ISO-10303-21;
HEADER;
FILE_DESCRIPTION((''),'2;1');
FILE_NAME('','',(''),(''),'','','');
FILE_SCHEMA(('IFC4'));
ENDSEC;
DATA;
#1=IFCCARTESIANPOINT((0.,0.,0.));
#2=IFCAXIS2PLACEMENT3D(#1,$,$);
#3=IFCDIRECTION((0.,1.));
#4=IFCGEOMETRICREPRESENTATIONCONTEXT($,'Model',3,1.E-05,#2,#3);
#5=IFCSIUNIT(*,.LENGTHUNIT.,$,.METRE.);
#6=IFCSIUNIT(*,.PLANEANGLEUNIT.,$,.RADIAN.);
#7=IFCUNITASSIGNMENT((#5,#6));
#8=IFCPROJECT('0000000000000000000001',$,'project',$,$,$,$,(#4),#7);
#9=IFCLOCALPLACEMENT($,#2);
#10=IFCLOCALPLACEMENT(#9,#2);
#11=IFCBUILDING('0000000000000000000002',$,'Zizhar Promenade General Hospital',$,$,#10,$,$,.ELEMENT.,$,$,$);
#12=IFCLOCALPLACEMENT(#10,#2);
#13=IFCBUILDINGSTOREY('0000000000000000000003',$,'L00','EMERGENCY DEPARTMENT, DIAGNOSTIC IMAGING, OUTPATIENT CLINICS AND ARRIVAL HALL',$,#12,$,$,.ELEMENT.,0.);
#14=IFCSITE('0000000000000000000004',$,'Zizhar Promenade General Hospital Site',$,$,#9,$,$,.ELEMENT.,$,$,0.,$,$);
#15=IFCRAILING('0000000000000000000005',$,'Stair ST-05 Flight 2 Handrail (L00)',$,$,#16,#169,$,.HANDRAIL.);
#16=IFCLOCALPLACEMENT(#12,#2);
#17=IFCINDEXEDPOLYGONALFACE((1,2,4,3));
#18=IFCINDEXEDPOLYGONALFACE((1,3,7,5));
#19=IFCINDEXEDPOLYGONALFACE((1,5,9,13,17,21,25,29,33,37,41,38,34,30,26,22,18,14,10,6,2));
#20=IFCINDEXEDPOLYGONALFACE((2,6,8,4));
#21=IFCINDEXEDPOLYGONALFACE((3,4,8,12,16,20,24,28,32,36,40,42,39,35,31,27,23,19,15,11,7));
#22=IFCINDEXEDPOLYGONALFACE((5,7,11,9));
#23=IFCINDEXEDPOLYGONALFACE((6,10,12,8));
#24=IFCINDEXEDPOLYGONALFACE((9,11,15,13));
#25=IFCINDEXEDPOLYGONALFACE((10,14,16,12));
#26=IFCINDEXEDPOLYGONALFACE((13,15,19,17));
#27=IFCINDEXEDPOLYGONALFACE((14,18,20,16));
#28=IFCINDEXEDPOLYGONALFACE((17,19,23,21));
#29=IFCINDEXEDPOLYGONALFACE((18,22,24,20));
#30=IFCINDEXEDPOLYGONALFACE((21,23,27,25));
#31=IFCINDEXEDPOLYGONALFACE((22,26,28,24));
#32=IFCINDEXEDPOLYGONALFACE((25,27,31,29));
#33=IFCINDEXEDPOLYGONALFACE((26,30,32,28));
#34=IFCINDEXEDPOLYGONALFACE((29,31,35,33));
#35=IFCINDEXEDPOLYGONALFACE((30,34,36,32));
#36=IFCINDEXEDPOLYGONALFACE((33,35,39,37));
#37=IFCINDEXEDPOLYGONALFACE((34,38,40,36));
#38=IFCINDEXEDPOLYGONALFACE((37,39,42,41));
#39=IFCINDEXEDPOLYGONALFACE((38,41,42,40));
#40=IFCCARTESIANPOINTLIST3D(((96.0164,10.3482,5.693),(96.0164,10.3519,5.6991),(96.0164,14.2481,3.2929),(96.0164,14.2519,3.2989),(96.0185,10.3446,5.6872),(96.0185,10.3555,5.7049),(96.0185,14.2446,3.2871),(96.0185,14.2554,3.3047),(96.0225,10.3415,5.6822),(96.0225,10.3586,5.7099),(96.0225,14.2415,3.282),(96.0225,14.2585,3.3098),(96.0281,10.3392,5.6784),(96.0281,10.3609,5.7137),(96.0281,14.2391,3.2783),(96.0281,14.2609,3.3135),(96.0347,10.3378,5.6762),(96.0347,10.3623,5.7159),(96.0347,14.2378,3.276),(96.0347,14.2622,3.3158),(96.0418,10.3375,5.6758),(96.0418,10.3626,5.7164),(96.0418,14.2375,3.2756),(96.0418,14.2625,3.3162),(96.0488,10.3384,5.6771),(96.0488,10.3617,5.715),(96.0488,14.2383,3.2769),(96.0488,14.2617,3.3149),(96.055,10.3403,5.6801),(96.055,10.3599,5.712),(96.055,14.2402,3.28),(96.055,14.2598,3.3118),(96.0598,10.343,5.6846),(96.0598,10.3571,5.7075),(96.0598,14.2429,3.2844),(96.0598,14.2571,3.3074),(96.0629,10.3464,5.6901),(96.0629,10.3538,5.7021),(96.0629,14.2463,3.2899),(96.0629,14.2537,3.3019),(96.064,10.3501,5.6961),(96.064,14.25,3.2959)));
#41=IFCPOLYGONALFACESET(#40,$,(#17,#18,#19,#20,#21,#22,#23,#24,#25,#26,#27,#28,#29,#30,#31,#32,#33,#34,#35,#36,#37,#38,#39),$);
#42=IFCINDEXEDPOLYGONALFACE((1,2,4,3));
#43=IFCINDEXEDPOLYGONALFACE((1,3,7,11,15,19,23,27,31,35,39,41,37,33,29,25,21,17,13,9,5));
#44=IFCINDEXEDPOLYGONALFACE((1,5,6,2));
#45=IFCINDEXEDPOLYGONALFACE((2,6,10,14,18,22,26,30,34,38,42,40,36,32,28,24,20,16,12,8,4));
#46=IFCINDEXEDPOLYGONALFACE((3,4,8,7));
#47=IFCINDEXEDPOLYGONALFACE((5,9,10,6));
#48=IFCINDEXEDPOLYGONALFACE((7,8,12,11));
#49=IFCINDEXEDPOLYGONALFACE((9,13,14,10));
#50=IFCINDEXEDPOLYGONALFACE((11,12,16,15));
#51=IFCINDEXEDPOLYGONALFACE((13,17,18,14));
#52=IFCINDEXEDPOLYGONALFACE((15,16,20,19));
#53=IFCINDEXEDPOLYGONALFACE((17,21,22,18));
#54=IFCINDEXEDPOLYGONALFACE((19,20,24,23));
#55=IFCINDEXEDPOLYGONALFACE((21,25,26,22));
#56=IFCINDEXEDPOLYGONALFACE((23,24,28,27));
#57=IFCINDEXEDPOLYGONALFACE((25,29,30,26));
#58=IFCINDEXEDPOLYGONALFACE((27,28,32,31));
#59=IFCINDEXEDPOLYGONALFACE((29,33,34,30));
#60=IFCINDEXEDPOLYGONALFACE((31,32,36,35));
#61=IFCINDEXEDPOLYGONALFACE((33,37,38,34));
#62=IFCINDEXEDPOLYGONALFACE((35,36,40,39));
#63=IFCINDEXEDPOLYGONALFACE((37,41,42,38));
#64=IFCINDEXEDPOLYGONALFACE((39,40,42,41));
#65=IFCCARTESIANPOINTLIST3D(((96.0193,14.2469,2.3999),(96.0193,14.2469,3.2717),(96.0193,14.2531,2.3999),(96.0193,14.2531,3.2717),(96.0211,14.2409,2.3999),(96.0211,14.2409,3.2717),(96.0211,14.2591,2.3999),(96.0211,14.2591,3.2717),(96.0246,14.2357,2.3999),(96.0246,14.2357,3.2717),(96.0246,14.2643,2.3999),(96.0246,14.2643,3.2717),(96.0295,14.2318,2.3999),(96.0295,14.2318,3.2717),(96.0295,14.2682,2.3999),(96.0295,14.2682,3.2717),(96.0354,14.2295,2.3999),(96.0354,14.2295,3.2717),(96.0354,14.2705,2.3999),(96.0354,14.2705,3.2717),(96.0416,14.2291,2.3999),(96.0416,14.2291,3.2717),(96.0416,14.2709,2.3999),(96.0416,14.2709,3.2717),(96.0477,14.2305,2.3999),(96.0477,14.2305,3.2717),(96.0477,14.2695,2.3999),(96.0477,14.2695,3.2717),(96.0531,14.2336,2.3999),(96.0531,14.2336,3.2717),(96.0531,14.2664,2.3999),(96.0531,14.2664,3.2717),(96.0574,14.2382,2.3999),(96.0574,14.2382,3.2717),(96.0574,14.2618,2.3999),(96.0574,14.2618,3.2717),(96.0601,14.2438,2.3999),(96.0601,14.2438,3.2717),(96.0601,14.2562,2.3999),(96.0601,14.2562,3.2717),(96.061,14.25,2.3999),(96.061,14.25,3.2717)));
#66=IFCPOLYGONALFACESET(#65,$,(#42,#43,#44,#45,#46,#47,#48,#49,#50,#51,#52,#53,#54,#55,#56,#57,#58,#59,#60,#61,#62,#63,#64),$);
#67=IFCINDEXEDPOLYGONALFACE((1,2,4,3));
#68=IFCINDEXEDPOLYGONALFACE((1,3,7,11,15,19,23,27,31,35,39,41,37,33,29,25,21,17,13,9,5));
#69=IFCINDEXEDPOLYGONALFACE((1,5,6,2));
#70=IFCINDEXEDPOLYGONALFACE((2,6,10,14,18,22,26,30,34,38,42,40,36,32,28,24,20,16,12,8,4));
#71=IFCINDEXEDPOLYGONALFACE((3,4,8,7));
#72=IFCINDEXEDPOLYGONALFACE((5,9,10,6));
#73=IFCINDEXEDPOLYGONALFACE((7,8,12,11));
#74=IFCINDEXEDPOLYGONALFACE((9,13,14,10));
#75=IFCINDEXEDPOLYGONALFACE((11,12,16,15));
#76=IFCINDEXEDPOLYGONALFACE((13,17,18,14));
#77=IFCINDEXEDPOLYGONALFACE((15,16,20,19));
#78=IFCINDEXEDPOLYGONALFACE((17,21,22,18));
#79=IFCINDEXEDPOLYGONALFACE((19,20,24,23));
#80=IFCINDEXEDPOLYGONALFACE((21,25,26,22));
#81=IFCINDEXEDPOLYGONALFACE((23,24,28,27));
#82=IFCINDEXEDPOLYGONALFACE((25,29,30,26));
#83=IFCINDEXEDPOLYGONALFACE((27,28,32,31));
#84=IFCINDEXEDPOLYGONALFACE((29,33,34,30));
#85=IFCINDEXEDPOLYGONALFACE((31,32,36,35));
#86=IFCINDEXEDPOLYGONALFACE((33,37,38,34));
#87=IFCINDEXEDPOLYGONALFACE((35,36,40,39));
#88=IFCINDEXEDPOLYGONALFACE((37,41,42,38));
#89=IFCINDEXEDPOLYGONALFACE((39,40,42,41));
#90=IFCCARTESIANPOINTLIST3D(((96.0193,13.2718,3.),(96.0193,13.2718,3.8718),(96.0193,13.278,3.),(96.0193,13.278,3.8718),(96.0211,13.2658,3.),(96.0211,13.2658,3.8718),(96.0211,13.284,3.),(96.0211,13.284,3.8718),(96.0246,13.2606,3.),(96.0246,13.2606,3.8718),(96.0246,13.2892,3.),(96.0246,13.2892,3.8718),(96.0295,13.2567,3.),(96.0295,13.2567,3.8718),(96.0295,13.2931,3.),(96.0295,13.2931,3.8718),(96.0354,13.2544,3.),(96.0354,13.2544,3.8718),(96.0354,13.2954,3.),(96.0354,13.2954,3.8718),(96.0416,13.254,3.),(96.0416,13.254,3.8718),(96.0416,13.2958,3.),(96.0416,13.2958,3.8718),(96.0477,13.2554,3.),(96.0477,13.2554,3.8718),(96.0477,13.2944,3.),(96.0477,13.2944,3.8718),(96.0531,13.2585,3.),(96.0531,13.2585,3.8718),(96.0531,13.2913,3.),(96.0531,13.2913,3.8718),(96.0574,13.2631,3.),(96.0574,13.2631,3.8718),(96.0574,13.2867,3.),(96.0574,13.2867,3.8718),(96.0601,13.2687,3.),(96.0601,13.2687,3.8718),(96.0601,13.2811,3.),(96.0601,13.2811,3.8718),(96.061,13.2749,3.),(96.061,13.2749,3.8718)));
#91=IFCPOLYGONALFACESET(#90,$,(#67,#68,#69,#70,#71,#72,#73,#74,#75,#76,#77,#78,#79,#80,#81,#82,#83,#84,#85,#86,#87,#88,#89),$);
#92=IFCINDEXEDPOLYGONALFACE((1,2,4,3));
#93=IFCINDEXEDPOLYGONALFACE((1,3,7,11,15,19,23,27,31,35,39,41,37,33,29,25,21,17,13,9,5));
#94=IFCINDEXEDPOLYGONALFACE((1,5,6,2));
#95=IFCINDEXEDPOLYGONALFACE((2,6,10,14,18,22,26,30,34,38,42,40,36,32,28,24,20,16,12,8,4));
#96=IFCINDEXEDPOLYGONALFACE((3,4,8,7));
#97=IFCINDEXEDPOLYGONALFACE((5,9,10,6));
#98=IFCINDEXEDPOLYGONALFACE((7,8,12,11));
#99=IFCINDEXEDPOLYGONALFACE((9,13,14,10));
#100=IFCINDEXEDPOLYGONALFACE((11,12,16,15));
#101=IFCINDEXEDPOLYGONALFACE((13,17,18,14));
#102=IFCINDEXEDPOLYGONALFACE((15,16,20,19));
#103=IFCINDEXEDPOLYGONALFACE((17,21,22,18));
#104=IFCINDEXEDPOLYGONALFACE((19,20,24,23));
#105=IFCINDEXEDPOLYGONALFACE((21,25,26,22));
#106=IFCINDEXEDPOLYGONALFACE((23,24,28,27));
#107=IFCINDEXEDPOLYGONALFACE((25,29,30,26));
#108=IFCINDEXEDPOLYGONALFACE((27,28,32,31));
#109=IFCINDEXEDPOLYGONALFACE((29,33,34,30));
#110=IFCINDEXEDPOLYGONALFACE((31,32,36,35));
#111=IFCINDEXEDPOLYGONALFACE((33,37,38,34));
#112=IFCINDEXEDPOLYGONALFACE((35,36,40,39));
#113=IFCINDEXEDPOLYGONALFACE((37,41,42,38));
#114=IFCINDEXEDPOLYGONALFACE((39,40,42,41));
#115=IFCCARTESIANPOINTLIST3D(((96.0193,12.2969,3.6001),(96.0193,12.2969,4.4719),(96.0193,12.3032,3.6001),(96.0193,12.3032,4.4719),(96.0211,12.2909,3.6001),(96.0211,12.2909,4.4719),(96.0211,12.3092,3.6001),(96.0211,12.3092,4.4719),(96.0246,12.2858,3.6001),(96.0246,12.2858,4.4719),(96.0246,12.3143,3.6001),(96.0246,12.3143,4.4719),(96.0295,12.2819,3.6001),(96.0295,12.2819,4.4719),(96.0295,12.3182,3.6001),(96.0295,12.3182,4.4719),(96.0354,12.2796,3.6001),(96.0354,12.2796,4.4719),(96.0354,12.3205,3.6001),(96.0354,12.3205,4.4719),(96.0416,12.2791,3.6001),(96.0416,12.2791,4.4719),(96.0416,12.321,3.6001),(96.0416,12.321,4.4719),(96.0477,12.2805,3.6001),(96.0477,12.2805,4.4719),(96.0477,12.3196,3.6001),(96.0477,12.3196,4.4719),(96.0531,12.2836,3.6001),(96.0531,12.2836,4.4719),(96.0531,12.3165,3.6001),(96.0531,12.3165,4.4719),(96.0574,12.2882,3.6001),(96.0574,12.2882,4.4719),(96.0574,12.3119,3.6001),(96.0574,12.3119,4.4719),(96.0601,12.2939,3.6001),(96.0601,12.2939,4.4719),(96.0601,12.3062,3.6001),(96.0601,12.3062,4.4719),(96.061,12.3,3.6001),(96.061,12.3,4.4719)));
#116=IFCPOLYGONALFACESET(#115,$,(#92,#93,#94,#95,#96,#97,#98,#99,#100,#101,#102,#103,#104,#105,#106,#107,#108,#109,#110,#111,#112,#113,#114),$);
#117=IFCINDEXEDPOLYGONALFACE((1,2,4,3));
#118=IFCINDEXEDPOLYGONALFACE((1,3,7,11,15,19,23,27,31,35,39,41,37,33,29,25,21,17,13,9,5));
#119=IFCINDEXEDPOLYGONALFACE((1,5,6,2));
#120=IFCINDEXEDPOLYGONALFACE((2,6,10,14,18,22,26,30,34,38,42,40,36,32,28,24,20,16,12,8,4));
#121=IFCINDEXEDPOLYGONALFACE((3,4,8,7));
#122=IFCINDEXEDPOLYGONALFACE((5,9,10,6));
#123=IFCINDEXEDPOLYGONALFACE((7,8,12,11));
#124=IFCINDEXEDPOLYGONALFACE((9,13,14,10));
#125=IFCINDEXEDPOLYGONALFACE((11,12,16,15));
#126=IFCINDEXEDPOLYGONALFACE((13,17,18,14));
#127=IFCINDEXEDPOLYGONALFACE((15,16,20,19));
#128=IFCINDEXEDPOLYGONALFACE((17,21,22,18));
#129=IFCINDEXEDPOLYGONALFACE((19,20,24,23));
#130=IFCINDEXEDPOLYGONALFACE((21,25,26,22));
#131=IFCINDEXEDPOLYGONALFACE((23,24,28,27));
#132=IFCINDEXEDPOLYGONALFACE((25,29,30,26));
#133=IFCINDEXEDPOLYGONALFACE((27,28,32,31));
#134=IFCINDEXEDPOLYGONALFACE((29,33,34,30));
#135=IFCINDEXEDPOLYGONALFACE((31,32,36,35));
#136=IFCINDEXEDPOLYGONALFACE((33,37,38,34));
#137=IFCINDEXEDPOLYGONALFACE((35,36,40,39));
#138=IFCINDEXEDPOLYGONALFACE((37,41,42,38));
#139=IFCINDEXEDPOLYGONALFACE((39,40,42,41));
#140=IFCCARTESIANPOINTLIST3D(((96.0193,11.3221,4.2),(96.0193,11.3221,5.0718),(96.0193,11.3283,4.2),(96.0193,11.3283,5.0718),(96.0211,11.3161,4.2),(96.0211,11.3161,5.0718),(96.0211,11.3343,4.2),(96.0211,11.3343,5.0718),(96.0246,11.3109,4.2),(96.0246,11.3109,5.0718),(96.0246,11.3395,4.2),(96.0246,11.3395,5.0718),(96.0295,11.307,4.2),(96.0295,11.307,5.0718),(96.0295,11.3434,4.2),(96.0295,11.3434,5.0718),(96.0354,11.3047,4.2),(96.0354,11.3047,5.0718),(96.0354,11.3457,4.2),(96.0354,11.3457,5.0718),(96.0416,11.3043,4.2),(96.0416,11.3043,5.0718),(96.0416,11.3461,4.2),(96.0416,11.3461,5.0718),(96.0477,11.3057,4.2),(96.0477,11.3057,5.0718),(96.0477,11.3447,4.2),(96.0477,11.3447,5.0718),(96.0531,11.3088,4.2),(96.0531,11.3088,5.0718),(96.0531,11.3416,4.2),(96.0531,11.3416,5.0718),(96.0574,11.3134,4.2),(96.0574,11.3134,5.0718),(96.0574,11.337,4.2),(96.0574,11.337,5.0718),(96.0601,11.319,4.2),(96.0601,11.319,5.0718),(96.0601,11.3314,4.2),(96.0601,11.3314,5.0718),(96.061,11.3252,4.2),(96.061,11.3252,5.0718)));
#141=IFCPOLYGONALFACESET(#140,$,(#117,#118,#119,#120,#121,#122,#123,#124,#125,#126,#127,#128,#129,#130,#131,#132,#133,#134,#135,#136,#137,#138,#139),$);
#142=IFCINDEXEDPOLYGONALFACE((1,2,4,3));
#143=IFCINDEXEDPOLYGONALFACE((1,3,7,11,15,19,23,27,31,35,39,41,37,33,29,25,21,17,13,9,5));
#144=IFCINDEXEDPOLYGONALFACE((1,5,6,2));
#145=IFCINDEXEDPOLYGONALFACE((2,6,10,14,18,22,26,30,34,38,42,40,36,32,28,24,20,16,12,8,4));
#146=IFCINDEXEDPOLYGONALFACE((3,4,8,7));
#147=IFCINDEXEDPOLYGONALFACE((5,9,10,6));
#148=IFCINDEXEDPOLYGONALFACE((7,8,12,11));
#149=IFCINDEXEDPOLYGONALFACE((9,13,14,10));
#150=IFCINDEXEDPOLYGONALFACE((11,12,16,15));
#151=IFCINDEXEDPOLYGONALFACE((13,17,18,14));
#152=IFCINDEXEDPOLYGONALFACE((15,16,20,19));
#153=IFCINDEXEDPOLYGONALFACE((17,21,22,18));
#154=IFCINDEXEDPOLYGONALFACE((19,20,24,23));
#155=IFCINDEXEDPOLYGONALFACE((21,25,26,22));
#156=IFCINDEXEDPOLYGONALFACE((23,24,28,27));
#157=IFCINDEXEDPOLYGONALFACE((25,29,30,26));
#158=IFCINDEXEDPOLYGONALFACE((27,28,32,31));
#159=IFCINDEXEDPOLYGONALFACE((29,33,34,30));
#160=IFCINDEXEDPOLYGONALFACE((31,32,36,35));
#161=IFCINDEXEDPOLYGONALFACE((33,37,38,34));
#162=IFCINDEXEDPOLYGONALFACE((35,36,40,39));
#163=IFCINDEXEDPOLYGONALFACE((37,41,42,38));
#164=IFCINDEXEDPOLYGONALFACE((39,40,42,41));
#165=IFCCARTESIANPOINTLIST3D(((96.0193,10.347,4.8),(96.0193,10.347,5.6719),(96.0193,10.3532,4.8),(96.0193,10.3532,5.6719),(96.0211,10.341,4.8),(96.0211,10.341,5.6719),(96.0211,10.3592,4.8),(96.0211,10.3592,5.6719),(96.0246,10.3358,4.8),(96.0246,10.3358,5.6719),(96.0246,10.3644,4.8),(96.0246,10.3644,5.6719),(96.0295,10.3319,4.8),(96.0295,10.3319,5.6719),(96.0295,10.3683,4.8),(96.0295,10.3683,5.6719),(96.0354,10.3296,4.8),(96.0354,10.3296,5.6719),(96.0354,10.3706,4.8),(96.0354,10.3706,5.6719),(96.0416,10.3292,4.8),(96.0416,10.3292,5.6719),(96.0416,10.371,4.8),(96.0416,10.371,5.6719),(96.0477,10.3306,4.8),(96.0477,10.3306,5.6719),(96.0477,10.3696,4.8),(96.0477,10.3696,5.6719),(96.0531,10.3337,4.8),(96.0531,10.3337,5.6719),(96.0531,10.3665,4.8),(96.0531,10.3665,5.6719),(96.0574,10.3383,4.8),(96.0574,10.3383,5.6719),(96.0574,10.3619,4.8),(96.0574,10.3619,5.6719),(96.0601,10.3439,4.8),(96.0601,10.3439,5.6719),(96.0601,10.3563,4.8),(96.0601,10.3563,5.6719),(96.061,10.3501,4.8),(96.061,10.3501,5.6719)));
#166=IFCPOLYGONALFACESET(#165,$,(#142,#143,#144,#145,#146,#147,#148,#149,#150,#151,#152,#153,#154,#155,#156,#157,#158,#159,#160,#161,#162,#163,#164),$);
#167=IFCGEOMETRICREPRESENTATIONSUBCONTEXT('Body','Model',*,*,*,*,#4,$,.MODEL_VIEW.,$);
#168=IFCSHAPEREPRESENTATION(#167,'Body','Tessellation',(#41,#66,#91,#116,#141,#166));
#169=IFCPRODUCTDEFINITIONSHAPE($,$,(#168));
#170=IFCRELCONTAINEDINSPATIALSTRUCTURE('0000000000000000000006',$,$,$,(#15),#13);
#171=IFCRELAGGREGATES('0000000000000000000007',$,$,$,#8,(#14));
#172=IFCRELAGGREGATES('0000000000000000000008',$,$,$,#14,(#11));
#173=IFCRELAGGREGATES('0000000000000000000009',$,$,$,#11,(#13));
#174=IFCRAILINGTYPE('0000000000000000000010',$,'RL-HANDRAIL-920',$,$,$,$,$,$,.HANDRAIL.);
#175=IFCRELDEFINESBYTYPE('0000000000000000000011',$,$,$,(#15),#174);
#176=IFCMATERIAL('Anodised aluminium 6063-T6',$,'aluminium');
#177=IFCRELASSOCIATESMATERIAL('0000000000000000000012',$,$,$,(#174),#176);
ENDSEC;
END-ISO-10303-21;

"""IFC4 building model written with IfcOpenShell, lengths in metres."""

from ifc_helpers import new_model, si_unit, direction, frame, origin, origin_2d, place, context, subcontext, project, spatial, circle, hollow_circle, extrude, material, material_profile, profile_set, type_object, element, save


model = new_model("IFC4")

# Units and contexts
model_context = context("Model", 3, precision=1e-05, world=origin(), true_north=direction((0.0, 1.0)))
body_context = subcontext(model_context, "Body", "Model", "MODEL_VIEW")
ifc_project = project(units=[si_unit("LENGTHUNIT", "METRE"), si_unit("PLANEANGLEUNIT", "RADIAN")], contexts=[model_context])

# Site, building, storey
site_placement = place(None, origin())
site = spatial("IfcSite", under=ifc_project, at=site_placement, Name="Zizhar Promenade General Hospital Site", CompositionType="ELEMENT", RefElevation=0.0)
building_placement = place(site_placement, origin())
building = spatial("IfcBuilding", under=site, at=building_placement, Name="Zizhar Promenade General Hospital", CompositionType="ELEMENT")
storey_placement = place(building_placement, origin())
storey = spatial("IfcBuildingStorey", under=building, at=storey_placement, Name="L00", Description="EMERGENCY DEPARTMENT, DIAGNOSTIC IMAGING, OUTPATIENT CLINICS AND ARRIVAL HALL", CompositionType="ELEMENT", Elevation=0.0)

# Railing
ifc_material_1 = material(Name="Anodised aluminium 6063-T6", Category="aluminium")
ifc_material_profile_1 = material_profile(ifc_material_1, hollow_circle(Radius=0.0698, WallThickness=0.0063, at=origin_2d()))
ifc_profile_set_1 = profile_set([ifc_material_profile_1], Name="Anodised aluminium 6063-T6")
railing_type_1 = type_object("IfcRailingType", Name="RL-HANDRAIL-920", PredefinedType="HANDRAIL", material=ifc_profile_set_1)
railing_1_placement = place(storey_placement, frame((96.04, 14.25, 2.3999)))
element("IfcRailing", 1, at=railing_1_placement, inside=storey, type_object=railing_type_1, Name="Stair ST-05 Flight 2 Handrail (L00)", PredefinedType="HANDRAIL", context=body_context, shape_type="SweptSolid", body=[
    extrude(circle(Radius=0.0239, at=origin_2d()), frame((0.0, 0.0, 0.896), z_axis=(0.0, -0.851638, 0.52413), x_axis=(1.0, 0.0, 0.0)), (0.0, 0.0, 1.0), 4.5793),
    extrude(circle(Radius=0.021, at=origin_2d()), origin(), (0.0, 0.0, 1.0), 0.8718),
    extrude(circle(Radius=0.021, at=origin_2d()), frame((0.0, -0.9751, 0.6001)), (0.0, 0.0, 1.0), 0.8718),
    extrude(circle(Radius=0.021, at=origin_2d()), frame((0.0, -1.95, 1.2002)), (0.0, 0.0, 1.0), 0.8718),
    extrude(circle(Radius=0.021, at=origin_2d()), frame((0.0, -2.9248, 1.8)), (0.0, 0.0, 1.0), 0.8718),
    extrude(circle(Radius=0.021, at=origin_2d()), frame((0.0, -3.8999, 2.4001)), (0.0, 0.0, 1.0), 0.8718),
])

save(model, "model.ifc")
